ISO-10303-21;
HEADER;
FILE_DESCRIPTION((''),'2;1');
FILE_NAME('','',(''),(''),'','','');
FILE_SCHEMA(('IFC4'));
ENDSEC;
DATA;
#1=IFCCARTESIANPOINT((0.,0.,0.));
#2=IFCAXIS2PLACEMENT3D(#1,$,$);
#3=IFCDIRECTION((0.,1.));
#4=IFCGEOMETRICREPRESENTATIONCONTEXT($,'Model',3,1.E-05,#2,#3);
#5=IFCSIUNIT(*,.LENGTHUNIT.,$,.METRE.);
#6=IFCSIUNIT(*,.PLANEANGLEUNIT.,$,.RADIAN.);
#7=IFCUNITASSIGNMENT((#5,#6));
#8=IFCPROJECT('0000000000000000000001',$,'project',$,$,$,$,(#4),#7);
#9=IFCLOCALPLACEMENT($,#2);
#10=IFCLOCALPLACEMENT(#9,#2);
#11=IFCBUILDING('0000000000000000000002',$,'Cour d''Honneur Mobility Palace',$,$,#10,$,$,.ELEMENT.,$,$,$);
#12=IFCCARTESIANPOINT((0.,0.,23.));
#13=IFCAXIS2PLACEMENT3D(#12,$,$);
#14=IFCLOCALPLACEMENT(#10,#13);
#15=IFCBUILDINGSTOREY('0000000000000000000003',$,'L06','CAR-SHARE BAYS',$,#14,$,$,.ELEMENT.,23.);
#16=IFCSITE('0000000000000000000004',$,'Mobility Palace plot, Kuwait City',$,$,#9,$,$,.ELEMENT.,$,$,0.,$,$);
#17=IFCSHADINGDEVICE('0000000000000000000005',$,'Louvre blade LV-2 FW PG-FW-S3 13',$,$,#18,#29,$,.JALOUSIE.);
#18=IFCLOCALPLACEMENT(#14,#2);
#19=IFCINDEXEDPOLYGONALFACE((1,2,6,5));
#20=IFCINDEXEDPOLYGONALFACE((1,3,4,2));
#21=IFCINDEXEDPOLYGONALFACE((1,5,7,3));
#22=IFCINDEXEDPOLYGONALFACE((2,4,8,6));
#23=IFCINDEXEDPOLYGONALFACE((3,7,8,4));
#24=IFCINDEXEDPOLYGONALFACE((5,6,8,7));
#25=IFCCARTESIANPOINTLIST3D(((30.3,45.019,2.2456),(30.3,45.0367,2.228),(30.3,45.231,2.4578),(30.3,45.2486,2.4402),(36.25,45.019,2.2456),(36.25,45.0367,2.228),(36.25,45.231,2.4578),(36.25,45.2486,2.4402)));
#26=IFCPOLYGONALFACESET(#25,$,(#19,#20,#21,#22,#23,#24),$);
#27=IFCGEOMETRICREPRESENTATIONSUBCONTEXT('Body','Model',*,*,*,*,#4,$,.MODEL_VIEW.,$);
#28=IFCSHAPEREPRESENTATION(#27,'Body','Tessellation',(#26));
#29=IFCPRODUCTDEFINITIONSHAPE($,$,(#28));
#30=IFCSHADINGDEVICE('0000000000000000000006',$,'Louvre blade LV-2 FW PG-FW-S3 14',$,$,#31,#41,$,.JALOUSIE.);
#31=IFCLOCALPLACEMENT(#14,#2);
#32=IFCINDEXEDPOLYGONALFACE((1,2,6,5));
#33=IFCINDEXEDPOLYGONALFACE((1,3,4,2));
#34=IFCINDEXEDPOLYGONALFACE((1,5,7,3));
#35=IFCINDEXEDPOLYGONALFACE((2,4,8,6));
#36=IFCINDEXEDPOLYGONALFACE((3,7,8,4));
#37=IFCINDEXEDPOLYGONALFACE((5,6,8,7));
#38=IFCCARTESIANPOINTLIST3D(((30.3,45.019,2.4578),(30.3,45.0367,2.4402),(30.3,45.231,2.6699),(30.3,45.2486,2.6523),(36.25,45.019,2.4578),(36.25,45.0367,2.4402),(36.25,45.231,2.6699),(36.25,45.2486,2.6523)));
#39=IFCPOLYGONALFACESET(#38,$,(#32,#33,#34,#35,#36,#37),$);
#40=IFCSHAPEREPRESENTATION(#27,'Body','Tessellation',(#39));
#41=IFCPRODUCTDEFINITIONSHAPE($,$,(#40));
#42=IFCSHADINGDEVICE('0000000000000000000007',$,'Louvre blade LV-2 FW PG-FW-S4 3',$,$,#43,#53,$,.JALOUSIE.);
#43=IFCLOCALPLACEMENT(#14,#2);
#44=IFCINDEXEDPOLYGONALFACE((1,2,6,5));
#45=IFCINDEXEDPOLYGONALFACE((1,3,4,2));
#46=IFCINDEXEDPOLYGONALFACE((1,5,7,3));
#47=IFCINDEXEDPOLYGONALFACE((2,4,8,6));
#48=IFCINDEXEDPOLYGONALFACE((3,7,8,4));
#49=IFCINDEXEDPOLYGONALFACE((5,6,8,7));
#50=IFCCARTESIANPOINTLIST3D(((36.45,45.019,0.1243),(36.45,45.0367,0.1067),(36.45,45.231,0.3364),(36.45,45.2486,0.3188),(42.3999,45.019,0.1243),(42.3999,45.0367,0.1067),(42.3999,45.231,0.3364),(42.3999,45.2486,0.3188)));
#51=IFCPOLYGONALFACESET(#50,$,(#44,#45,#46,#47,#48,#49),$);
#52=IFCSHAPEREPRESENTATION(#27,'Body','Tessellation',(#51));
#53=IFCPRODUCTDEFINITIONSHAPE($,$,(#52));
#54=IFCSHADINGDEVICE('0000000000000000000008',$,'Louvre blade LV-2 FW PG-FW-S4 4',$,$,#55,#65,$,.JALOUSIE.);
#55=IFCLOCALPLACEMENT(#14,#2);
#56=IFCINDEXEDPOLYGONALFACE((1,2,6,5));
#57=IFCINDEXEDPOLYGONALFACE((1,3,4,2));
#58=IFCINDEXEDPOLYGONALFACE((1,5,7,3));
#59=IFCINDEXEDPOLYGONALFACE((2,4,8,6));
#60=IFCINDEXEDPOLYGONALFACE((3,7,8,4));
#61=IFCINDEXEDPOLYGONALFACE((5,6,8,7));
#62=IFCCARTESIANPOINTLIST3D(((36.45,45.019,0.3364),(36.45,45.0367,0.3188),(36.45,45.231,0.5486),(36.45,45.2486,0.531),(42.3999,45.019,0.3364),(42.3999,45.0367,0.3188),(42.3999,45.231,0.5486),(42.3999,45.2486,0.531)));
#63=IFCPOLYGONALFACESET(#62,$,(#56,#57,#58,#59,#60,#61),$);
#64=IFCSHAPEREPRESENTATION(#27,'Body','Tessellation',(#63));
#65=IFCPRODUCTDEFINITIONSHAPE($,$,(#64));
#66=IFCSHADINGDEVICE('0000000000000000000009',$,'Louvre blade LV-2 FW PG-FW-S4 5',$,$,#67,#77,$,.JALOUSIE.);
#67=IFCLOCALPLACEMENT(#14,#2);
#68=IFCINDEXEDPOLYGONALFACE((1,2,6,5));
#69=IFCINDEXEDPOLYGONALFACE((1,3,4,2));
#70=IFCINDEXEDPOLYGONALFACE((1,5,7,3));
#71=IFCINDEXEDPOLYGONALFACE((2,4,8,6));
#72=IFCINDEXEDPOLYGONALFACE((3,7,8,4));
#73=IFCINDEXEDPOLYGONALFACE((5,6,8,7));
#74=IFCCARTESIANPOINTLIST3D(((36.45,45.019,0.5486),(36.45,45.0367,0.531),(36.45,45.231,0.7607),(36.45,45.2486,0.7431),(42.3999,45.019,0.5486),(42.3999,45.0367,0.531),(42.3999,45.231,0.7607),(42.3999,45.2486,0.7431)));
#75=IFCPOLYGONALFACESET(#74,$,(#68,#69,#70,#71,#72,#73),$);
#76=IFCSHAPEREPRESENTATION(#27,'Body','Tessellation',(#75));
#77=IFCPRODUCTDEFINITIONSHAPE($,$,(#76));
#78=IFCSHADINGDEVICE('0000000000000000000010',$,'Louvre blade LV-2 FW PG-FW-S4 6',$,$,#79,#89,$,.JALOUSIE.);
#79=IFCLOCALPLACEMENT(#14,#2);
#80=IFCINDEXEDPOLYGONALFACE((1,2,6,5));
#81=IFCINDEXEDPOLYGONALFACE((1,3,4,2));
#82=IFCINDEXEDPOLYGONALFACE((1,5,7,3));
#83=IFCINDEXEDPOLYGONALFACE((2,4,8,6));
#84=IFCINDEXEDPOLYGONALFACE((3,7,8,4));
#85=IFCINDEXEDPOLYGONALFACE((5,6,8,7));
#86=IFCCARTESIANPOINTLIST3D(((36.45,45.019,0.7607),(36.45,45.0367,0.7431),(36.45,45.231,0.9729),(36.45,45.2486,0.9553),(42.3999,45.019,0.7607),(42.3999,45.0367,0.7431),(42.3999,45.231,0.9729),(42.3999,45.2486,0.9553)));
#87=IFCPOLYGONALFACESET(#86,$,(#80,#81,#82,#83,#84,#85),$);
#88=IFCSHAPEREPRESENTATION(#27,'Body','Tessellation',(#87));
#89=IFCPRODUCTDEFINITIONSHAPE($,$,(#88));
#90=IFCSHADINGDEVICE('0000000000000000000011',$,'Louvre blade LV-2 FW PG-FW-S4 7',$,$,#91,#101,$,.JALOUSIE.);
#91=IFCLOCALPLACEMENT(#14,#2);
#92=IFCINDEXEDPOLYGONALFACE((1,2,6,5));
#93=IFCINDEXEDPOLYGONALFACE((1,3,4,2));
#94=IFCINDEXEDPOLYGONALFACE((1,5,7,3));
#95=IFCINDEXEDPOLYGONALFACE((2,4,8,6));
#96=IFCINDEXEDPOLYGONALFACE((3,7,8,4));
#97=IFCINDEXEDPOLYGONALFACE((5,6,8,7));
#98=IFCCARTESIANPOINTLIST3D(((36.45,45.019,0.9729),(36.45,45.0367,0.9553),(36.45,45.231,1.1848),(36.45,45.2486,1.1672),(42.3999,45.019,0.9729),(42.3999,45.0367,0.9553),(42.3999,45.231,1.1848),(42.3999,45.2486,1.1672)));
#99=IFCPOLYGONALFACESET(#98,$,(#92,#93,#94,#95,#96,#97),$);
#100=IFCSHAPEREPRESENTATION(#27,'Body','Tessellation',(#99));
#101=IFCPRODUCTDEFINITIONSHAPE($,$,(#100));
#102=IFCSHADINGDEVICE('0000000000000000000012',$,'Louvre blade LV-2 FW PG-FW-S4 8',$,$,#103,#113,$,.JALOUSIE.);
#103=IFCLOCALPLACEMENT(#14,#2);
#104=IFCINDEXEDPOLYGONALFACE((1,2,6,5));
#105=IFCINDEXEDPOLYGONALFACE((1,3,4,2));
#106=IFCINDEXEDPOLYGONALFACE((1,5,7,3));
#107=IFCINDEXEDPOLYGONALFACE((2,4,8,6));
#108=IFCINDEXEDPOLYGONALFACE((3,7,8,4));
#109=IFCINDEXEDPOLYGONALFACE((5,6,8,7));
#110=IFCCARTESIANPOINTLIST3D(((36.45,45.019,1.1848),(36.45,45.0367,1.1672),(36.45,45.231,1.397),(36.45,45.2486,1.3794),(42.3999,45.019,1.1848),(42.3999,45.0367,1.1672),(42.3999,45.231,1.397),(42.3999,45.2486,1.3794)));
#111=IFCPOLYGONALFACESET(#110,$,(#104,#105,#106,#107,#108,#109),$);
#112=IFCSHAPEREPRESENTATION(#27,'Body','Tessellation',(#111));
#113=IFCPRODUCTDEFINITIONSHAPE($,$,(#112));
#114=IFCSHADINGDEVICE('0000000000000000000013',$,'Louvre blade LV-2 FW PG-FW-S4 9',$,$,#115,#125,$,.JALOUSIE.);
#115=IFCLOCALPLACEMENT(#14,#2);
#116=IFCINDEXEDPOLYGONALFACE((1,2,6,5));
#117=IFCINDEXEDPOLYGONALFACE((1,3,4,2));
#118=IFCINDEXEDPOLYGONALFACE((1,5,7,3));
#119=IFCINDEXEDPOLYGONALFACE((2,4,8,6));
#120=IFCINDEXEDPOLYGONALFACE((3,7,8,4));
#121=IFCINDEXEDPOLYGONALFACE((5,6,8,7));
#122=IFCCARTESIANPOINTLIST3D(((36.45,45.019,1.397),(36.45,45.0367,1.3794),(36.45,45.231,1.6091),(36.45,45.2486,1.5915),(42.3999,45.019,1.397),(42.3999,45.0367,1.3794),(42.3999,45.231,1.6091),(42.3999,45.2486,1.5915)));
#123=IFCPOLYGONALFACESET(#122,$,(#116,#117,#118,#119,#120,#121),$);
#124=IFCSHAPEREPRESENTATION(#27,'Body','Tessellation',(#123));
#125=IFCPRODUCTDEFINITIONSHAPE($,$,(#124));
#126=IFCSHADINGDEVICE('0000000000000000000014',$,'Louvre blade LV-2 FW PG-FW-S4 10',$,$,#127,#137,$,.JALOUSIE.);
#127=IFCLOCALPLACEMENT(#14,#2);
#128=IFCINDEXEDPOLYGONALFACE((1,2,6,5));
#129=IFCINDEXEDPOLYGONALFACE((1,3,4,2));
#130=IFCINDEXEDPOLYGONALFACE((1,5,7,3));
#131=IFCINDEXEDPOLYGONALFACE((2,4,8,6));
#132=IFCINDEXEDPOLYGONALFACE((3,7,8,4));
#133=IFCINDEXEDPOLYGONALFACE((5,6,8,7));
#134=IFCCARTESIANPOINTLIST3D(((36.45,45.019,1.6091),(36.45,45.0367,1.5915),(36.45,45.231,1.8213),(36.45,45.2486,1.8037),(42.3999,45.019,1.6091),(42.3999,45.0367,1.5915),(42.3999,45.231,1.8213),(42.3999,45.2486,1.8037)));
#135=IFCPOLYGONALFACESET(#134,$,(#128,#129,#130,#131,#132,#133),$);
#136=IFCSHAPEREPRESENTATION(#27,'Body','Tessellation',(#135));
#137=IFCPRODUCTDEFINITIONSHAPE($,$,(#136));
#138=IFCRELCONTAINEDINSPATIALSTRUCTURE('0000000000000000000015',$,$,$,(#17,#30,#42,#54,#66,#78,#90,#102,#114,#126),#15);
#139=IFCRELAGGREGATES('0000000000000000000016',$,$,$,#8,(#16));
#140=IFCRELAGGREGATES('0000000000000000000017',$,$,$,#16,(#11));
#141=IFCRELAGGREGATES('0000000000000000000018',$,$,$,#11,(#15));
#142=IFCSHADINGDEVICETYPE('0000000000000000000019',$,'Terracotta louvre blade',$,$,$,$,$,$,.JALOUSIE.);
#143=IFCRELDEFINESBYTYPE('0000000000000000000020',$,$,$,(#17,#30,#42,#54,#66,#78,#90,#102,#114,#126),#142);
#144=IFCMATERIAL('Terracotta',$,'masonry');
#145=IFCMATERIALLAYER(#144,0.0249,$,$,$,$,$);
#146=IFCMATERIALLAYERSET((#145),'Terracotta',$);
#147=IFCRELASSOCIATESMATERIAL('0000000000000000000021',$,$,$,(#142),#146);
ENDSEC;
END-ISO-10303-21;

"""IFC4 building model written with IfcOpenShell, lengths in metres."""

from ifc_helpers import new_model, si_unit, direction, frame, origin, place, context, subcontext, project, spatial, polyline, outline, extrude, material, layer, layer_set, type_object, element, save


model = new_model("IFC4")

# Units and contexts
model_context = context("Model", 3, precision=1e-05, world=origin(), true_north=direction((0.0, 1.0)))
body_context = subcontext(model_context, "Body", "Model", "MODEL_VIEW")
ifc_project = project(units=[si_unit("LENGTHUNIT", "METRE"), si_unit("PLANEANGLEUNIT", "RADIAN")], contexts=[model_context])

# Site, building, storey
site_placement = place(None, origin())
site = spatial("IfcSite", under=ifc_project, at=site_placement, Name="Mobility Palace plot, Kuwait City", CompositionType="ELEMENT", RefElevation=0.0)
building_placement = place(site_placement, origin())
building = spatial("IfcBuilding", under=site, at=building_placement, Name="Cour d'Honneur Mobility Palace", CompositionType="ELEMENT")
storey_placement = place(building_placement, frame((0.0, 0.0, 23.0)))
storey = spatial("IfcBuildingStorey", under=building, at=storey_placement, Name="L06", Description="CAR-SHARE BAYS", CompositionType="ELEMENT", Elevation=23.0)

# Shading devices
ifc_material_1 = material(Name="Terracotta", Category="masonry")
ifc_layer = layer(ifc_material_1, 0.0249)
ifc_layer_set = layer_set([ifc_layer], Name="Terracotta")
shading_device_type = type_object("IfcShadingDeviceType", Name="Terracotta louvre blade", PredefinedType="JALOUSIE", material=ifc_layer_set)
for number, where, z_axis, x_axis, name in (
    (1, (30.3, 45.019, 2.2456), (0.0, -0.707514, 0.7067), (1.0, 0.0, 0.0), "Louvre blade LV-2 FW PG-FW-S3 13"),
    (2, (30.3, 45.019, 2.4578), (0.0, -0.707514, 0.7067), (1.0, 0.0, 0.0), "Louvre blade LV-2 FW PG-FW-S3 14"),
    (3, (36.45, 45.019, 0.1243), (0.0, -0.707514, 0.7067), (1.0, 0.0, 0.0), "Louvre blade LV-2 FW PG-FW-S4 3"),
    (4, (36.45, 45.019, 0.3364), (0.0, -0.707514, 0.7067), (1.0, 0.0, 0.0), "Louvre blade LV-2 FW PG-FW-S4 4"),
    (5, (36.45, 45.019, 0.5486), (0.0, -0.707514, 0.7067), (1.0, 0.0, 0.0), "Louvre blade LV-2 FW PG-FW-S4 5"),
    (6, (36.45, 45.019, 0.7607), (0.0, -0.707514, 0.7067), (1.0, 0.0, 0.0), "Louvre blade LV-2 FW PG-FW-S4 6"),
):
    element("IfcShadingDevice", number, at=place(storey_placement, frame(where, z_axis=z_axis, x_axis=x_axis)), inside=storey, type_object=shading_device_type, Name=name, PredefinedType="JALOUSIE", context=body_context, shape_type="SweptSolid", body=[
        extrude(outline(polyline([(0.0, 0.0), (5.95, 0.0), (5.95, 0.2999), (0.0, 0.2999), (0.0, 0.0)])), origin(), (0.0, 0.0, -1.0), 0.0249),
    ])
shading_device_1_placement = place(storey_placement, frame((36.45, 45.019, 0.9729), z_axis=(0.0, -0.707107, 0.707107), x_axis=(1.0, 0.0, 0.0)))
element("IfcShadingDevice", 7, at=shading_device_1_placement, inside=storey, type_object=shading_device_type, Name="Louvre blade LV-2 FW PG-FW-S4 7", PredefinedType="JALOUSIE", context=body_context, shape_type="SweptSolid", body=[
    extrude(outline(polyline([(0.0, 0.0), (5.95, 0.0), (5.95, 0.2997), (0.0, 0.2997), (0.0, 0.0)])), origin(), (0.0, 0.0, -1.0), 0.0249),
])
for number, where, z_axis, x_axis, name in (
    (8, (36.45, 45.019, 1.1848), (0.0, -0.707514, 0.7067), (1.0, 0.0, 0.0), "Louvre blade LV-2 FW PG-FW-S4 8"),
    (9, (36.45, 45.019, 1.397), (0.0, -0.707514, 0.7067), (1.0, 0.0, 0.0), "Louvre blade LV-2 FW PG-FW-S4 9"),
    (10, (36.45, 45.019, 1.6091), (0.0, -0.707514, 0.7067), (1.0, 0.0, 0.0), "Louvre blade LV-2 FW PG-FW-S4 10"),
):
    element("IfcShadingDevice", number, at=place(storey_placement, frame(where, z_axis=z_axis, x_axis=x_axis)), inside=storey, type_object=shading_device_type, Name=name, PredefinedType="JALOUSIE", context=body_context, shape_type="SweptSolid", body=[
        extrude(outline(polyline([(0.0, 0.0), (5.95, 0.0), (5.95, 0.2999), (0.0, 0.2999), (0.0, 0.0)])), origin(), (0.0, 0.0, -1.0), 0.0249),
    ])

save(model, "model.ifc")
